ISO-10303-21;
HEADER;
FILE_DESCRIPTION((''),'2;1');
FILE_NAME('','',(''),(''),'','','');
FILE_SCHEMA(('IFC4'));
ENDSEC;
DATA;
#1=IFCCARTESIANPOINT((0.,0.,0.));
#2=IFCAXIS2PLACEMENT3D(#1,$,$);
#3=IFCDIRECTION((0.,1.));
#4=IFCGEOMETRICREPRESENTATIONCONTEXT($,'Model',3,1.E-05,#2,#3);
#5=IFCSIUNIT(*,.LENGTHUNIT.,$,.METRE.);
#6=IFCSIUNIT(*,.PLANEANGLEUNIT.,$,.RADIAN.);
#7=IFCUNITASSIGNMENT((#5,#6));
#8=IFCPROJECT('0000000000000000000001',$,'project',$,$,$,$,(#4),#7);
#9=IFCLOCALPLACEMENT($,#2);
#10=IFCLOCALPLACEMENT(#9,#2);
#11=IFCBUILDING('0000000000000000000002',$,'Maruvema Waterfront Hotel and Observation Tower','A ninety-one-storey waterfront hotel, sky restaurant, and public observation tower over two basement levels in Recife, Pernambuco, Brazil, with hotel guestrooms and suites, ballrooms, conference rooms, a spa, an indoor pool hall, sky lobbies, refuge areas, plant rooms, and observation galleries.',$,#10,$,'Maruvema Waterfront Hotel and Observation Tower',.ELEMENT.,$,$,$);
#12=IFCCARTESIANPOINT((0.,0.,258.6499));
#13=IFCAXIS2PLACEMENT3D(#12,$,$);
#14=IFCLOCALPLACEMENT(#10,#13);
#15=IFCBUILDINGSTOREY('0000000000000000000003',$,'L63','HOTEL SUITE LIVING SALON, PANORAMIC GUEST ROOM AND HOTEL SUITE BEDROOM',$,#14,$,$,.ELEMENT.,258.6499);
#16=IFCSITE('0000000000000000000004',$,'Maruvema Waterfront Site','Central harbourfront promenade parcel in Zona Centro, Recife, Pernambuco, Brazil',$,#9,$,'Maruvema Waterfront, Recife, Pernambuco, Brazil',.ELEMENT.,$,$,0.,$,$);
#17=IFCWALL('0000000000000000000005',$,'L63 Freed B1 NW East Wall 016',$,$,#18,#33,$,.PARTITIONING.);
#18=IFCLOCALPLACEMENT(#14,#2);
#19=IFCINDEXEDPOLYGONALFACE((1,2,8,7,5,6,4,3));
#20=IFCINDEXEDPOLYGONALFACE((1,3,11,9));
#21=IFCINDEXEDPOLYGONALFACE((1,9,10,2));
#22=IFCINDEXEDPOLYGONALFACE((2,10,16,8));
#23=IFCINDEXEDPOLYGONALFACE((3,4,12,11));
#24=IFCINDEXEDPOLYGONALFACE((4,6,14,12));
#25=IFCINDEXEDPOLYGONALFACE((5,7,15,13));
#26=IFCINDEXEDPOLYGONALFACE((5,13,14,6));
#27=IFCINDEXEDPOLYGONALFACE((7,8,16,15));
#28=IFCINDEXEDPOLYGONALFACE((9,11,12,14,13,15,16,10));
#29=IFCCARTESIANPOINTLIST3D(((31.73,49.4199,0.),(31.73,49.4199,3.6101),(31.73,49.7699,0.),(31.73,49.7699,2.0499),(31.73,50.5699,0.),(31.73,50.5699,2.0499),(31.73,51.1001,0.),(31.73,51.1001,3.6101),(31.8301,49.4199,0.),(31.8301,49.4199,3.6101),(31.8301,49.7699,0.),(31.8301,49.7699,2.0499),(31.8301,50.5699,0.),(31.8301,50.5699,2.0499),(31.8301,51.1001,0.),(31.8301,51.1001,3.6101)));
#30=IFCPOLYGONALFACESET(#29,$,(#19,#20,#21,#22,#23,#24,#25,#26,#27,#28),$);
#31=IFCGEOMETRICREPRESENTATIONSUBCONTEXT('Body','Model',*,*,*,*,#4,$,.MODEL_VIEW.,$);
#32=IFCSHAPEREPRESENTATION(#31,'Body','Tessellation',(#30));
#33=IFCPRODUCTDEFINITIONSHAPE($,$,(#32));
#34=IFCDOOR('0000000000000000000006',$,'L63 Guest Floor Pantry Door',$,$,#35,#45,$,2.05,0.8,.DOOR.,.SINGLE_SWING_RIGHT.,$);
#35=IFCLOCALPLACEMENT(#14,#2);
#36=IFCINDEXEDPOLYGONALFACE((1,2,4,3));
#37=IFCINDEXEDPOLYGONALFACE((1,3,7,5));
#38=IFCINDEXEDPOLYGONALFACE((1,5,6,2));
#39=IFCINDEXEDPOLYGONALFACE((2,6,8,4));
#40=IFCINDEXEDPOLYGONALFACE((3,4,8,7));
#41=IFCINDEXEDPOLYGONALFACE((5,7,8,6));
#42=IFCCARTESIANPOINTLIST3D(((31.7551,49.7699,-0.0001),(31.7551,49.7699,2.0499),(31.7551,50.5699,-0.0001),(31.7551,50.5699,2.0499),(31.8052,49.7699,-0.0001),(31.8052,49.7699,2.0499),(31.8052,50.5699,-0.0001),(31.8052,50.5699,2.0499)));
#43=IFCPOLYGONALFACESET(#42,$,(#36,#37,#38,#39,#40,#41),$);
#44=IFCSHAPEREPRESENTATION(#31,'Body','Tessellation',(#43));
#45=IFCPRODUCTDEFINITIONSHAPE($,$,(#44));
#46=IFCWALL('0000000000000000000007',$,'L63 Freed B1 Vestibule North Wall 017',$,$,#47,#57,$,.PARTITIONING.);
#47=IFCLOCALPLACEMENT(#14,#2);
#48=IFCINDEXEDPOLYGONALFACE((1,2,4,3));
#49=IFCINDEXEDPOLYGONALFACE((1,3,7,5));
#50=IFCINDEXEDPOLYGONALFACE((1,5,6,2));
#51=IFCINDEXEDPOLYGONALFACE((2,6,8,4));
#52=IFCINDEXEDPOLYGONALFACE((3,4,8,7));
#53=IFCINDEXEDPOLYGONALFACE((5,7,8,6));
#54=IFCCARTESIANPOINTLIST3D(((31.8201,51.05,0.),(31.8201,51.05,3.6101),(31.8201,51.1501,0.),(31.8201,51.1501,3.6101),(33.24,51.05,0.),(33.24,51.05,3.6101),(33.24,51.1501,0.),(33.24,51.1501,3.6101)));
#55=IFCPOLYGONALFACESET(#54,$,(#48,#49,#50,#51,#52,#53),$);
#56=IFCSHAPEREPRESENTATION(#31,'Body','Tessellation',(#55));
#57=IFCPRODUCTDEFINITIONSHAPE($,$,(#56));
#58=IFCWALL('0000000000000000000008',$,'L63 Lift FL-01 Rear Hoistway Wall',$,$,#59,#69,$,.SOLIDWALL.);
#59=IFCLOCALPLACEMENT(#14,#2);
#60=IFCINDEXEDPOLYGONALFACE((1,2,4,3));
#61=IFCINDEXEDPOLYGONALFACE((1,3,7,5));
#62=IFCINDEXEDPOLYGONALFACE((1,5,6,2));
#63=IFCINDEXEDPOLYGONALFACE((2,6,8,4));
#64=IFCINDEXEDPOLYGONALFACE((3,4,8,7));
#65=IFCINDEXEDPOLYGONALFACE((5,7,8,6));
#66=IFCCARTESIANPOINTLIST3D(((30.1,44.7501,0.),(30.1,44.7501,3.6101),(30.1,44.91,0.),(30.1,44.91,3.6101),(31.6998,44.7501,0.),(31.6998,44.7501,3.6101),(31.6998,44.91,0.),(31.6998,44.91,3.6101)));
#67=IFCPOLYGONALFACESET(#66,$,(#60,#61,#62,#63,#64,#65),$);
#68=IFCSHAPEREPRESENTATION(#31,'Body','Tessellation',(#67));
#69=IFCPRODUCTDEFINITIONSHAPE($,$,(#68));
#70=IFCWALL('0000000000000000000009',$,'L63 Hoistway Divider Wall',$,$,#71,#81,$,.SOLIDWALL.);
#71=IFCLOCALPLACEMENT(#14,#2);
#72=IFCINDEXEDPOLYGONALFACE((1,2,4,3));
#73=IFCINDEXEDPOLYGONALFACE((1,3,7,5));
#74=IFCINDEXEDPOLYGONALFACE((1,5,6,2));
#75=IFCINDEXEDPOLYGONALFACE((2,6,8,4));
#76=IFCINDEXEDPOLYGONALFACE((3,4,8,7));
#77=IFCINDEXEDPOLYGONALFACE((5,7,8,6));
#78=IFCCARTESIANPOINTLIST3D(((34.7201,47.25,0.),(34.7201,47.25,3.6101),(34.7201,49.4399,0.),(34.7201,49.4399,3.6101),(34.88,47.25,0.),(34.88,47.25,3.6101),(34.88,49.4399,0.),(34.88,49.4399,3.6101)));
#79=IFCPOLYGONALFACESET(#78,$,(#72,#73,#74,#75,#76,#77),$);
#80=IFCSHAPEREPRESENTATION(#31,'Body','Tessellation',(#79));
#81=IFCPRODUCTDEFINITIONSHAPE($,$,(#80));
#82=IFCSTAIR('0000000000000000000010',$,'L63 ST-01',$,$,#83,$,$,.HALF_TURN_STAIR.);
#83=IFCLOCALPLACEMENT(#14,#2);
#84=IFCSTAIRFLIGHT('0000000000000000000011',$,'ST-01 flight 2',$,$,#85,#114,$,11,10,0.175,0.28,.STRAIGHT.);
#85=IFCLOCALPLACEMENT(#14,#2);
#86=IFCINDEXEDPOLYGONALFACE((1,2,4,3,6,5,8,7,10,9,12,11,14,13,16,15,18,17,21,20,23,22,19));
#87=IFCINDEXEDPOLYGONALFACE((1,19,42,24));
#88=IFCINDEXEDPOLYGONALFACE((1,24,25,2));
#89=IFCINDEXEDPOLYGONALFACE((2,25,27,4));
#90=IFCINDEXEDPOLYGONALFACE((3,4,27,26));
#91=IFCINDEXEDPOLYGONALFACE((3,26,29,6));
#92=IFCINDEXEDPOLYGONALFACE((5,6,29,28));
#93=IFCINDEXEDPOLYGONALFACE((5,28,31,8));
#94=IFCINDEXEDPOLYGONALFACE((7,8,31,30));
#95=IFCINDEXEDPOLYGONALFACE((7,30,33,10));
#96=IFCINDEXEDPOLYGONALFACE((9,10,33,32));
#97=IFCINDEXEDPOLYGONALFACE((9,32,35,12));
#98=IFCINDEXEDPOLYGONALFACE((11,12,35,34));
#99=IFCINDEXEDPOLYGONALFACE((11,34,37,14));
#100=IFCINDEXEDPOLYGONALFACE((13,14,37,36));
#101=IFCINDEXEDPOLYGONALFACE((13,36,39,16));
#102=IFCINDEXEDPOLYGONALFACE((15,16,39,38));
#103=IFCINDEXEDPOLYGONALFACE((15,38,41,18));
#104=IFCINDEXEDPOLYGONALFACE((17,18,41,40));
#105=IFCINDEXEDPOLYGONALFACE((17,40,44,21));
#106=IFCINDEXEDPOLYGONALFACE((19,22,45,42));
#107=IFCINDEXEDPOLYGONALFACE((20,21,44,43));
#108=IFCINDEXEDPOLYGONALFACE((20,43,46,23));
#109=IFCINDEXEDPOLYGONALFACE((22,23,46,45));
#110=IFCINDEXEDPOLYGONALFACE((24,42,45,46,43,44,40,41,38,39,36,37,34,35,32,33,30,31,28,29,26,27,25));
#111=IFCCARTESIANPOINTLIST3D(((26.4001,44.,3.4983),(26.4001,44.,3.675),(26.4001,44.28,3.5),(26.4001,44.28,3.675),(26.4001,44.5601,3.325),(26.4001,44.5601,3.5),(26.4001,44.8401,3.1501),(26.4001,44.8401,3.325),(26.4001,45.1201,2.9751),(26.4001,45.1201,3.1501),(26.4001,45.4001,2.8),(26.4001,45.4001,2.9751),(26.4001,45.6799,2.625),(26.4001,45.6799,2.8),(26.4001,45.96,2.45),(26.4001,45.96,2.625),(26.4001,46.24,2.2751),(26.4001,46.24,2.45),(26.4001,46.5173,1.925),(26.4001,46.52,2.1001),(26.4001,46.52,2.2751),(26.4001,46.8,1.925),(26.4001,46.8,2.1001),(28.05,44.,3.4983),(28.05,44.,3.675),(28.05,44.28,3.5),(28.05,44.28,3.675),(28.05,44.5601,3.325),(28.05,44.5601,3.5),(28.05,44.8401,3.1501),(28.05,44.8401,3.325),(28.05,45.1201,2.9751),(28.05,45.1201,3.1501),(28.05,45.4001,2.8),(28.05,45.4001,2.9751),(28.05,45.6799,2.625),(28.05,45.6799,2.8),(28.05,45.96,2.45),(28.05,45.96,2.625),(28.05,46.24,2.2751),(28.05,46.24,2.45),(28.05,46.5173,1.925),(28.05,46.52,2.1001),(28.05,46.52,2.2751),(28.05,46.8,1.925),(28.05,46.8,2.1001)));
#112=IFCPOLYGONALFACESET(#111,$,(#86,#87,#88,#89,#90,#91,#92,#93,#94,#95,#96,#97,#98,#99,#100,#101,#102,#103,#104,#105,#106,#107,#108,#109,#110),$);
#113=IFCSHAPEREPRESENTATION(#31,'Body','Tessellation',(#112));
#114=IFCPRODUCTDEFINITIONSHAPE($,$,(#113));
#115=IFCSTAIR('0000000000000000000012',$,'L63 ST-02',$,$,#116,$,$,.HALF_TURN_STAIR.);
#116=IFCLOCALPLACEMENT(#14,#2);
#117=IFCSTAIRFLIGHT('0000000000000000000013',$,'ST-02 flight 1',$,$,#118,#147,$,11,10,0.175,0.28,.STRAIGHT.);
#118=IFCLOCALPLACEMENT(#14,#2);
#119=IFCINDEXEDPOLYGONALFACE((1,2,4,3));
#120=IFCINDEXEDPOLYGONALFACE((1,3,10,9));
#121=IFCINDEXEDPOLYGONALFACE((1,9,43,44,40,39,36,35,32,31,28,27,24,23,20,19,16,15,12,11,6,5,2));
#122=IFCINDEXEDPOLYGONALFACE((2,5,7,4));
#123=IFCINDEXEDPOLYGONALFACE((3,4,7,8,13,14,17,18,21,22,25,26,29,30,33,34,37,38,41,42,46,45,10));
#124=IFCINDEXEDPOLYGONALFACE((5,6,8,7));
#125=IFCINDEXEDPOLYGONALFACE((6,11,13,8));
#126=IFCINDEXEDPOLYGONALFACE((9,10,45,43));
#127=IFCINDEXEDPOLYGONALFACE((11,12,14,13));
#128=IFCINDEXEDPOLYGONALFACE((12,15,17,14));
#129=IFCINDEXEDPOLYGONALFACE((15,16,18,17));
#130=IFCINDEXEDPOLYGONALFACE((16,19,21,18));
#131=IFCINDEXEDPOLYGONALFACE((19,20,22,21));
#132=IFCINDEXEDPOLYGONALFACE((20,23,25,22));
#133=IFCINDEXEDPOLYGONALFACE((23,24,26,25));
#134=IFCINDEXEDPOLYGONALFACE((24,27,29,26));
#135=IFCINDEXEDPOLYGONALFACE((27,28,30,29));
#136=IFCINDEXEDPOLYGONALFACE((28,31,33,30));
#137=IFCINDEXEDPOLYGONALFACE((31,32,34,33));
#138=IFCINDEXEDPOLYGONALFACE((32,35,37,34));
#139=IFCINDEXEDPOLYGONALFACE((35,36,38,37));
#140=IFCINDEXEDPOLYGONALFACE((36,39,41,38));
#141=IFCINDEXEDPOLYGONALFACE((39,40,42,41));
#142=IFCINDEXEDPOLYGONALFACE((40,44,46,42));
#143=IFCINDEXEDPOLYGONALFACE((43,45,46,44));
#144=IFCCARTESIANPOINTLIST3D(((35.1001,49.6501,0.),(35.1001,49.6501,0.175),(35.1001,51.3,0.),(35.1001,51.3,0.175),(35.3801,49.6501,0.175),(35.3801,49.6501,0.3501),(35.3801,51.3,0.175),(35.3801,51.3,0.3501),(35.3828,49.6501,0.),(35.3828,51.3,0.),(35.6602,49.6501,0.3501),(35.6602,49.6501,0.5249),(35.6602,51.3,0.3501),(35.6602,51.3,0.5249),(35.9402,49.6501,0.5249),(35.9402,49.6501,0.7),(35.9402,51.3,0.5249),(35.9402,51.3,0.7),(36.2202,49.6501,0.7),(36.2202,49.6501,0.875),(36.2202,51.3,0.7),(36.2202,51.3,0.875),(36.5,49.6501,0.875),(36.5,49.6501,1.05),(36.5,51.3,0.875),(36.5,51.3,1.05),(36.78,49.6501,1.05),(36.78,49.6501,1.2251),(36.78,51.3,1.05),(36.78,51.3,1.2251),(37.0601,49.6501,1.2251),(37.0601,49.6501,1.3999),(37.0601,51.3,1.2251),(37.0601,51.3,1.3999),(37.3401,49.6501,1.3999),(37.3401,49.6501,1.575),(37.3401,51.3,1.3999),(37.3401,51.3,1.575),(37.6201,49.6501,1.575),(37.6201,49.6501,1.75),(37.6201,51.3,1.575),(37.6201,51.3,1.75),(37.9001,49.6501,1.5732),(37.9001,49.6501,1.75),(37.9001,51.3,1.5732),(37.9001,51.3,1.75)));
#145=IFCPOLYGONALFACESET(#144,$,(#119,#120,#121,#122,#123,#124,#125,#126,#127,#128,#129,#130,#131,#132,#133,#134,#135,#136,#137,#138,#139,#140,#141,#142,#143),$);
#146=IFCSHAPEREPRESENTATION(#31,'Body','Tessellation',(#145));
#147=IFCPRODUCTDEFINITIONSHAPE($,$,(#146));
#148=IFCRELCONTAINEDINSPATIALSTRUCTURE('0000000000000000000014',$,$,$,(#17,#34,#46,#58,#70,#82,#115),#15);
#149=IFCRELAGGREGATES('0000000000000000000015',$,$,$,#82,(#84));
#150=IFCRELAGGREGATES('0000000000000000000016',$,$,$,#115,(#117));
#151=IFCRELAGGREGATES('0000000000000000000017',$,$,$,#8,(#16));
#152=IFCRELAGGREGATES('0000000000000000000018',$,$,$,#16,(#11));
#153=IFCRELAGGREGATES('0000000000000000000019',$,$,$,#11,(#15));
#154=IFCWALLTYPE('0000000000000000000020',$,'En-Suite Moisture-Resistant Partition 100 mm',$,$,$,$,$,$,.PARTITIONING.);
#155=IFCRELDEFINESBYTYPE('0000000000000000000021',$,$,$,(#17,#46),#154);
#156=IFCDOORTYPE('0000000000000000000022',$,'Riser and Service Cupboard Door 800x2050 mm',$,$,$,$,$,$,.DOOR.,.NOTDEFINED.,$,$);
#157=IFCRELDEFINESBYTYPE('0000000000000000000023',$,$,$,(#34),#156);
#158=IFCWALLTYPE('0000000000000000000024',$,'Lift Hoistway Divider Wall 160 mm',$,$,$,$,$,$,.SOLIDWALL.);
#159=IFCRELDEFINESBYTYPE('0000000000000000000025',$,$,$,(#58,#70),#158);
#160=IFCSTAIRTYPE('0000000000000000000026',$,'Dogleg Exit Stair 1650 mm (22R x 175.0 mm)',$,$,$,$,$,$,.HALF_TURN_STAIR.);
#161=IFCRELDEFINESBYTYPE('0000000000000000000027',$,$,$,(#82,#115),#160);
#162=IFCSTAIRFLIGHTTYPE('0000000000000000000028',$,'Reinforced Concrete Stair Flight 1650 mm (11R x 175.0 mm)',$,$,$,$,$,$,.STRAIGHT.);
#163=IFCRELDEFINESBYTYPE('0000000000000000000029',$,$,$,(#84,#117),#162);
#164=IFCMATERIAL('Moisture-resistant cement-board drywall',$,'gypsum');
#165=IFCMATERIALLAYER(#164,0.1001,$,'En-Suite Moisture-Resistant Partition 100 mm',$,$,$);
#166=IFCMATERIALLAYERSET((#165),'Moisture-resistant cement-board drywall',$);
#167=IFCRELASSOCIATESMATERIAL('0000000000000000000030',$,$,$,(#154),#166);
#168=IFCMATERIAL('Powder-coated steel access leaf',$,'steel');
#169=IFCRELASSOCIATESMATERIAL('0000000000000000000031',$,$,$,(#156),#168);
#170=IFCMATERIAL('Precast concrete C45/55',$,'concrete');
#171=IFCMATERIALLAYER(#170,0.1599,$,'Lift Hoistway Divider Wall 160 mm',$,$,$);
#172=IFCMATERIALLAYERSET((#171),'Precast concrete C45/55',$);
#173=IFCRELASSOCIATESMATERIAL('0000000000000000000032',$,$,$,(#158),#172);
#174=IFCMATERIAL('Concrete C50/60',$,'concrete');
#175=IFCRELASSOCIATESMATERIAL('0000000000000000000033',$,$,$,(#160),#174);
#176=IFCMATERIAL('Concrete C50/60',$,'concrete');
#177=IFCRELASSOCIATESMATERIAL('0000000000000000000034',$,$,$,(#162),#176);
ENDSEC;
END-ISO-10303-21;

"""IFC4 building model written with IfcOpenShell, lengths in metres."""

from ifc_helpers import new_model, si_unit, direction, frame, frame_2d, origin, place, context, subcontext, project, spatial, polyline, rectangle, outline, extrude, material, layer, layer_set, type_object, element, fill, aggregate, save


model = new_model("IFC4")

# Units and contexts
model_context = context("Model", 3, precision=1e-05, world=origin(), true_north=direction((0.0, 1.0)))
body_context = subcontext(model_context, "Body", "Model", "MODEL_VIEW")
ifc_project = project(units=[si_unit("LENGTHUNIT", "METRE"), si_unit("PLANEANGLEUNIT", "RADIAN")], contexts=[model_context])

# Site, building, storey
site_placement = place(None, origin())
site = spatial("IfcSite", under=ifc_project, at=site_placement, Name="Maruvema Waterfront Site", Description="Central harbourfront promenade parcel in Zona Centro, Recife, Pernambuco, Brazil", LongName="Maruvema Waterfront, Recife, Pernambuco, Brazil", CompositionType="ELEMENT", RefElevation=0.0)
building_placement = place(site_placement, origin())
building = spatial("IfcBuilding", under=site, at=building_placement, Name="Maruvema Waterfront Hotel and Observation Tower", Description="A ninety-one-storey waterfront hotel, sky restaurant, and public observation tower over two basement levels in Recife, Pernambuco, Brazil, with hotel guestrooms and suites, ballrooms, conference rooms, a spa, an indoor pool hall, sky lobbies, refuge areas, plant rooms, and observation galleries.", LongName="Maruvema Waterfront Hotel and Observation Tower", CompositionType="ELEMENT")
storey_placement = place(building_placement, frame((0.0, 0.0, 258.6499)))
storey = spatial("IfcBuildingStorey", under=building, at=storey_placement, Name="L63", Description="HOTEL SUITE LIVING SALON, PANORAMIC GUEST ROOM AND HOTEL SUITE BEDROOM", CompositionType="ELEMENT", Elevation=258.6499)

# Shared definitions
ifc_material_1 = material(Name="Moisture-resistant cement-board drywall", Category="gypsum")
ifc_layer_1 = layer(ifc_material_1, 0.1001, Name="En-Suite Moisture-Resistant Partition 100 mm")
ifc_layer_set_1 = layer_set([ifc_layer_1], Name="Moisture-resistant cement-board drywall")
wall_type_1 = type_object("IfcWallType", Name="En-Suite Moisture-Resistant Partition 100 mm", PredefinedType="PARTITIONING", material=ifc_layer_set_1)

# Wall, opening, door
ifc_material_2 = material(Name="Powder-coated steel access leaf", Category="steel")
door_type_1 = type_object("IfcDoorType", Name="Riser and Service Cupboard Door 800x2050 mm", OperationType="NOTDEFINED", PredefinedType="DOOR", material=ifc_material_2)
wall_1_placement = place(storey_placement, frame((31.78, 49.4199, 0.0), z_axis=(0.0, 0.0, 1.0), x_axis=(0.0, 1.0, 0.0)))
wall_1 = element("IfcWall", 1, at=wall_1_placement, inside=storey, type_object=wall_type_1, Name="L63 Freed B1 NW East Wall 016", PredefinedType="PARTITIONING", context=body_context, shape_type="SweptSolid", body=[
    extrude(rectangle(XDim=1.6802, YDim=0.1001, at=frame_2d((0.8401, 0.0))), origin(), (0.0, 0.0, 1.0), 3.6101),
])
opening_1_placement = place(wall_1_placement, frame((0.3501, 0.0, 0.0)))
opening_1 = element("IfcOpeningElement", 2, at=opening_1_placement, cuts=wall_1, PredefinedType="OPENING", context=body_context, shape_type="SweptSolid", body=[
    extrude(rectangle(XDim=0.8, YDim=2.05, at=frame_2d((0.3999, 1.0249))), frame((0.0, 0.0601, 0.0), z_axis=(0.0, -1.0, 0.0), x_axis=(1.0, 0.0, 0.0)), (0.0, 0.0, 1.0), 0.1201),
])
door_1_placement = place(opening_1_placement, origin())
door_1 = element("IfcDoor", 3, at=door_1_placement, inside=storey, type_object=door_type_1, Name="L63 Guest Floor Pantry Door", OperationType="SINGLE_SWING_RIGHT", OverallHeight=2.05, OverallWidth=0.8, PredefinedType="DOOR", context=body_context, shape_type="SweptSolid", body=[
    extrude(rectangle(XDim=0.8, YDim=2.05, at=frame_2d((0.3999, 1.0249))), frame((0.0, 0.0249, 0.0), z_axis=(0.0, -1.0, 0.0), x_axis=(1.0, 0.0, 0.0)), (0.0, 0.0, 1.0), 0.05),
])
fill(opening_1, door_1)

# Walls
wall_2_placement = place(storey_placement, frame((31.8201, 51.1001, 0.0), z_axis=(0.0, 0.0, 1.0), x_axis=(1.0, 0.0, 0.0)))
element("IfcWall", 4, at=wall_2_placement, inside=storey, type_object=wall_type_1, Name="L63 Freed B1 Vestibule North Wall 017", PredefinedType="PARTITIONING", context=body_context, shape_type="SweptSolid", body=[
    extrude(rectangle(XDim=1.4199, YDim=0.1001, at=frame_2d((0.71, 0.0))), origin(), (0.0, 0.0, 1.0), 3.6101),
])
ifc_material_3 = material(Name="Precast concrete C45/55", Category="concrete")
ifc_layer_2 = layer(ifc_material_3, 0.1599, Name="Lift Hoistway Divider Wall 160 mm")
ifc_layer_set_2 = layer_set([ifc_layer_2], Name="Precast concrete C45/55")
wall_type_2 = type_object("IfcWallType", Name="Lift Hoistway Divider Wall 160 mm", PredefinedType="SOLIDWALL", material=ifc_layer_set_2)
wall_3_placement = place(storey_placement, frame((30.1001, 44.8301, 0.0), z_axis=(0.0, 0.0, 1.0), x_axis=(1.0, 0.0, 0.0)))
element("IfcWall", 5, at=wall_3_placement, inside=storey, type_object=wall_type_2, Name="L63 Lift FL-01 Rear Hoistway Wall", PredefinedType="SOLIDWALL", context=body_context, shape_type="SweptSolid", body=[
    extrude(rectangle(XDim=1.5999, YDim=0.1599, at=frame_2d((0.7998, 0.0))), origin(), (0.0, 0.0, 1.0), 3.6101),
])
wall_4_placement = place(storey_placement, frame((34.8, 47.25, 0.0), z_axis=(0.0, 0.0, 1.0), x_axis=(0.0, 1.0, 0.0)))
element("IfcWall", 6, at=wall_4_placement, inside=storey, type_object=wall_type_2, Name="L63 Hoistway Divider Wall", PredefinedType="SOLIDWALL", context=body_context, shape_type="SweptSolid", body=[
    extrude(rectangle(XDim=2.1899, YDim=0.1599, at=frame_2d((1.095, 0.0))), origin(), (0.0, 0.0, 1.0), 3.6101),
])

# Stairs, stair flights
ifc_material_4 = material(Name="Concrete C50/60", Category="concrete")
stair_type = type_object("IfcStairType", Name="Dogleg Exit Stair 1650 mm (22R x 175.0 mm)", PredefinedType="HALF_TURN_STAIR", material=ifc_material_4)
stair_1_placement = place(storey_placement, origin())
stair_1 = element("IfcStair", 7, at=stair_1_placement, inside=storey, type_object=stair_type, Name="L63 ST-01", PredefinedType="HALF_TURN_STAIR")
ifc_material_5 = material(Name="Concrete C50/60", Category="concrete")
stair_flight_type = type_object("IfcStairFlightType", Name="Reinforced Concrete Stair Flight 1650 mm (11R x 175.0 mm)", PredefinedType="STRAIGHT", material=ifc_material_5)
stair_flight_1_placement = place(storey_placement, frame((27.2251, 46.8, 1.925), z_axis=(0.0, 0.0, 1.0), x_axis=(0.0, -1.0, 0.0)))
stair_flight_1 = element("IfcStairFlight", 8, at=stair_flight_1_placement, type_object=stair_flight_type, Name="ST-01 flight 2", NumberOfRisers=11, NumberOfTreads=10, PredefinedType="STRAIGHT", RiserHeight=0.175, TreadLength=0.28, context=body_context, shape_type="SweptSolid", body=[
    extrude(outline(polyline([(0.0, 0.0), (0.0, 0.175), (0.28, 0.175), (0.28, 0.3501), (0.5601, 0.3501), (0.5601, 0.5249), (0.8401, 0.5249), (0.8401, 0.7), (1.1201, 0.7), (1.1201, 0.875), (1.3999, 0.875), (1.3999, 1.05), (1.6799, 1.05), (1.6799, 1.2251), (1.96, 1.2251), (1.96, 1.3999), (2.24, 1.3999), (2.24, 1.575), (2.52, 1.575), (2.52, 1.75), (2.8, 1.75), (2.8, 1.925), (2.8, 1.5732), (0.2827, 0.0), (0.0, 0.0)])), frame((0.0, 0.825, 0.0), z_axis=(0.0, -1.0, 0.0), x_axis=(1.0, 0.0, 0.0)), (0.0, 0.0, 1.0), 1.6499),
])
aggregate(stair_1, [stair_flight_1])
stair_2_placement = place(storey_placement, origin())
stair_2 = element("IfcStair", 9, at=stair_2_placement, inside=storey, type_object=stair_type, Name="L63 ST-02", PredefinedType="HALF_TURN_STAIR")
stair_flight_2_placement = place(storey_placement, frame((35.1001, 50.4751, 0.0), z_axis=(0.0, 0.0, 1.0), x_axis=(1.0, 0.0, 0.0)))
stair_flight_2 = element("IfcStairFlight", 10, at=stair_flight_2_placement, type_object=stair_flight_type, Name="ST-02 flight 1", NumberOfRisers=11, NumberOfTreads=10, PredefinedType="STRAIGHT", RiserHeight=0.175, TreadLength=0.28, context=body_context, shape_type="SweptSolid", body=[
    extrude(outline(polyline([(0.0, 0.0), (0.0, 0.175), (0.28, 0.175), (0.28, 0.3501), (0.5601, 0.3501), (0.5601, 0.5249), (0.8401, 0.5249), (0.8401, 0.7), (1.1201, 0.7), (1.1201, 0.875), (1.3999, 0.875), (1.3999, 1.05), (1.6799, 1.05), (1.6799, 1.2251), (1.96, 1.2251), (1.96, 1.3999), (2.24, 1.3999), (2.24, 1.575), (2.52, 1.575), (2.52, 1.75), (2.8, 1.75), (2.8, 1.925), (2.8, 1.5732), (0.2827, 0.0), (0.0, 0.0)])), frame((0.0, 0.825, 0.0), z_axis=(0.0, -1.0, 0.0), x_axis=(1.0, 0.0, 0.0)), (0.0, 0.0, 1.0), 1.6499),
])
aggregate(stair_2, [stair_flight_2])

save(model, "model.ifc")
